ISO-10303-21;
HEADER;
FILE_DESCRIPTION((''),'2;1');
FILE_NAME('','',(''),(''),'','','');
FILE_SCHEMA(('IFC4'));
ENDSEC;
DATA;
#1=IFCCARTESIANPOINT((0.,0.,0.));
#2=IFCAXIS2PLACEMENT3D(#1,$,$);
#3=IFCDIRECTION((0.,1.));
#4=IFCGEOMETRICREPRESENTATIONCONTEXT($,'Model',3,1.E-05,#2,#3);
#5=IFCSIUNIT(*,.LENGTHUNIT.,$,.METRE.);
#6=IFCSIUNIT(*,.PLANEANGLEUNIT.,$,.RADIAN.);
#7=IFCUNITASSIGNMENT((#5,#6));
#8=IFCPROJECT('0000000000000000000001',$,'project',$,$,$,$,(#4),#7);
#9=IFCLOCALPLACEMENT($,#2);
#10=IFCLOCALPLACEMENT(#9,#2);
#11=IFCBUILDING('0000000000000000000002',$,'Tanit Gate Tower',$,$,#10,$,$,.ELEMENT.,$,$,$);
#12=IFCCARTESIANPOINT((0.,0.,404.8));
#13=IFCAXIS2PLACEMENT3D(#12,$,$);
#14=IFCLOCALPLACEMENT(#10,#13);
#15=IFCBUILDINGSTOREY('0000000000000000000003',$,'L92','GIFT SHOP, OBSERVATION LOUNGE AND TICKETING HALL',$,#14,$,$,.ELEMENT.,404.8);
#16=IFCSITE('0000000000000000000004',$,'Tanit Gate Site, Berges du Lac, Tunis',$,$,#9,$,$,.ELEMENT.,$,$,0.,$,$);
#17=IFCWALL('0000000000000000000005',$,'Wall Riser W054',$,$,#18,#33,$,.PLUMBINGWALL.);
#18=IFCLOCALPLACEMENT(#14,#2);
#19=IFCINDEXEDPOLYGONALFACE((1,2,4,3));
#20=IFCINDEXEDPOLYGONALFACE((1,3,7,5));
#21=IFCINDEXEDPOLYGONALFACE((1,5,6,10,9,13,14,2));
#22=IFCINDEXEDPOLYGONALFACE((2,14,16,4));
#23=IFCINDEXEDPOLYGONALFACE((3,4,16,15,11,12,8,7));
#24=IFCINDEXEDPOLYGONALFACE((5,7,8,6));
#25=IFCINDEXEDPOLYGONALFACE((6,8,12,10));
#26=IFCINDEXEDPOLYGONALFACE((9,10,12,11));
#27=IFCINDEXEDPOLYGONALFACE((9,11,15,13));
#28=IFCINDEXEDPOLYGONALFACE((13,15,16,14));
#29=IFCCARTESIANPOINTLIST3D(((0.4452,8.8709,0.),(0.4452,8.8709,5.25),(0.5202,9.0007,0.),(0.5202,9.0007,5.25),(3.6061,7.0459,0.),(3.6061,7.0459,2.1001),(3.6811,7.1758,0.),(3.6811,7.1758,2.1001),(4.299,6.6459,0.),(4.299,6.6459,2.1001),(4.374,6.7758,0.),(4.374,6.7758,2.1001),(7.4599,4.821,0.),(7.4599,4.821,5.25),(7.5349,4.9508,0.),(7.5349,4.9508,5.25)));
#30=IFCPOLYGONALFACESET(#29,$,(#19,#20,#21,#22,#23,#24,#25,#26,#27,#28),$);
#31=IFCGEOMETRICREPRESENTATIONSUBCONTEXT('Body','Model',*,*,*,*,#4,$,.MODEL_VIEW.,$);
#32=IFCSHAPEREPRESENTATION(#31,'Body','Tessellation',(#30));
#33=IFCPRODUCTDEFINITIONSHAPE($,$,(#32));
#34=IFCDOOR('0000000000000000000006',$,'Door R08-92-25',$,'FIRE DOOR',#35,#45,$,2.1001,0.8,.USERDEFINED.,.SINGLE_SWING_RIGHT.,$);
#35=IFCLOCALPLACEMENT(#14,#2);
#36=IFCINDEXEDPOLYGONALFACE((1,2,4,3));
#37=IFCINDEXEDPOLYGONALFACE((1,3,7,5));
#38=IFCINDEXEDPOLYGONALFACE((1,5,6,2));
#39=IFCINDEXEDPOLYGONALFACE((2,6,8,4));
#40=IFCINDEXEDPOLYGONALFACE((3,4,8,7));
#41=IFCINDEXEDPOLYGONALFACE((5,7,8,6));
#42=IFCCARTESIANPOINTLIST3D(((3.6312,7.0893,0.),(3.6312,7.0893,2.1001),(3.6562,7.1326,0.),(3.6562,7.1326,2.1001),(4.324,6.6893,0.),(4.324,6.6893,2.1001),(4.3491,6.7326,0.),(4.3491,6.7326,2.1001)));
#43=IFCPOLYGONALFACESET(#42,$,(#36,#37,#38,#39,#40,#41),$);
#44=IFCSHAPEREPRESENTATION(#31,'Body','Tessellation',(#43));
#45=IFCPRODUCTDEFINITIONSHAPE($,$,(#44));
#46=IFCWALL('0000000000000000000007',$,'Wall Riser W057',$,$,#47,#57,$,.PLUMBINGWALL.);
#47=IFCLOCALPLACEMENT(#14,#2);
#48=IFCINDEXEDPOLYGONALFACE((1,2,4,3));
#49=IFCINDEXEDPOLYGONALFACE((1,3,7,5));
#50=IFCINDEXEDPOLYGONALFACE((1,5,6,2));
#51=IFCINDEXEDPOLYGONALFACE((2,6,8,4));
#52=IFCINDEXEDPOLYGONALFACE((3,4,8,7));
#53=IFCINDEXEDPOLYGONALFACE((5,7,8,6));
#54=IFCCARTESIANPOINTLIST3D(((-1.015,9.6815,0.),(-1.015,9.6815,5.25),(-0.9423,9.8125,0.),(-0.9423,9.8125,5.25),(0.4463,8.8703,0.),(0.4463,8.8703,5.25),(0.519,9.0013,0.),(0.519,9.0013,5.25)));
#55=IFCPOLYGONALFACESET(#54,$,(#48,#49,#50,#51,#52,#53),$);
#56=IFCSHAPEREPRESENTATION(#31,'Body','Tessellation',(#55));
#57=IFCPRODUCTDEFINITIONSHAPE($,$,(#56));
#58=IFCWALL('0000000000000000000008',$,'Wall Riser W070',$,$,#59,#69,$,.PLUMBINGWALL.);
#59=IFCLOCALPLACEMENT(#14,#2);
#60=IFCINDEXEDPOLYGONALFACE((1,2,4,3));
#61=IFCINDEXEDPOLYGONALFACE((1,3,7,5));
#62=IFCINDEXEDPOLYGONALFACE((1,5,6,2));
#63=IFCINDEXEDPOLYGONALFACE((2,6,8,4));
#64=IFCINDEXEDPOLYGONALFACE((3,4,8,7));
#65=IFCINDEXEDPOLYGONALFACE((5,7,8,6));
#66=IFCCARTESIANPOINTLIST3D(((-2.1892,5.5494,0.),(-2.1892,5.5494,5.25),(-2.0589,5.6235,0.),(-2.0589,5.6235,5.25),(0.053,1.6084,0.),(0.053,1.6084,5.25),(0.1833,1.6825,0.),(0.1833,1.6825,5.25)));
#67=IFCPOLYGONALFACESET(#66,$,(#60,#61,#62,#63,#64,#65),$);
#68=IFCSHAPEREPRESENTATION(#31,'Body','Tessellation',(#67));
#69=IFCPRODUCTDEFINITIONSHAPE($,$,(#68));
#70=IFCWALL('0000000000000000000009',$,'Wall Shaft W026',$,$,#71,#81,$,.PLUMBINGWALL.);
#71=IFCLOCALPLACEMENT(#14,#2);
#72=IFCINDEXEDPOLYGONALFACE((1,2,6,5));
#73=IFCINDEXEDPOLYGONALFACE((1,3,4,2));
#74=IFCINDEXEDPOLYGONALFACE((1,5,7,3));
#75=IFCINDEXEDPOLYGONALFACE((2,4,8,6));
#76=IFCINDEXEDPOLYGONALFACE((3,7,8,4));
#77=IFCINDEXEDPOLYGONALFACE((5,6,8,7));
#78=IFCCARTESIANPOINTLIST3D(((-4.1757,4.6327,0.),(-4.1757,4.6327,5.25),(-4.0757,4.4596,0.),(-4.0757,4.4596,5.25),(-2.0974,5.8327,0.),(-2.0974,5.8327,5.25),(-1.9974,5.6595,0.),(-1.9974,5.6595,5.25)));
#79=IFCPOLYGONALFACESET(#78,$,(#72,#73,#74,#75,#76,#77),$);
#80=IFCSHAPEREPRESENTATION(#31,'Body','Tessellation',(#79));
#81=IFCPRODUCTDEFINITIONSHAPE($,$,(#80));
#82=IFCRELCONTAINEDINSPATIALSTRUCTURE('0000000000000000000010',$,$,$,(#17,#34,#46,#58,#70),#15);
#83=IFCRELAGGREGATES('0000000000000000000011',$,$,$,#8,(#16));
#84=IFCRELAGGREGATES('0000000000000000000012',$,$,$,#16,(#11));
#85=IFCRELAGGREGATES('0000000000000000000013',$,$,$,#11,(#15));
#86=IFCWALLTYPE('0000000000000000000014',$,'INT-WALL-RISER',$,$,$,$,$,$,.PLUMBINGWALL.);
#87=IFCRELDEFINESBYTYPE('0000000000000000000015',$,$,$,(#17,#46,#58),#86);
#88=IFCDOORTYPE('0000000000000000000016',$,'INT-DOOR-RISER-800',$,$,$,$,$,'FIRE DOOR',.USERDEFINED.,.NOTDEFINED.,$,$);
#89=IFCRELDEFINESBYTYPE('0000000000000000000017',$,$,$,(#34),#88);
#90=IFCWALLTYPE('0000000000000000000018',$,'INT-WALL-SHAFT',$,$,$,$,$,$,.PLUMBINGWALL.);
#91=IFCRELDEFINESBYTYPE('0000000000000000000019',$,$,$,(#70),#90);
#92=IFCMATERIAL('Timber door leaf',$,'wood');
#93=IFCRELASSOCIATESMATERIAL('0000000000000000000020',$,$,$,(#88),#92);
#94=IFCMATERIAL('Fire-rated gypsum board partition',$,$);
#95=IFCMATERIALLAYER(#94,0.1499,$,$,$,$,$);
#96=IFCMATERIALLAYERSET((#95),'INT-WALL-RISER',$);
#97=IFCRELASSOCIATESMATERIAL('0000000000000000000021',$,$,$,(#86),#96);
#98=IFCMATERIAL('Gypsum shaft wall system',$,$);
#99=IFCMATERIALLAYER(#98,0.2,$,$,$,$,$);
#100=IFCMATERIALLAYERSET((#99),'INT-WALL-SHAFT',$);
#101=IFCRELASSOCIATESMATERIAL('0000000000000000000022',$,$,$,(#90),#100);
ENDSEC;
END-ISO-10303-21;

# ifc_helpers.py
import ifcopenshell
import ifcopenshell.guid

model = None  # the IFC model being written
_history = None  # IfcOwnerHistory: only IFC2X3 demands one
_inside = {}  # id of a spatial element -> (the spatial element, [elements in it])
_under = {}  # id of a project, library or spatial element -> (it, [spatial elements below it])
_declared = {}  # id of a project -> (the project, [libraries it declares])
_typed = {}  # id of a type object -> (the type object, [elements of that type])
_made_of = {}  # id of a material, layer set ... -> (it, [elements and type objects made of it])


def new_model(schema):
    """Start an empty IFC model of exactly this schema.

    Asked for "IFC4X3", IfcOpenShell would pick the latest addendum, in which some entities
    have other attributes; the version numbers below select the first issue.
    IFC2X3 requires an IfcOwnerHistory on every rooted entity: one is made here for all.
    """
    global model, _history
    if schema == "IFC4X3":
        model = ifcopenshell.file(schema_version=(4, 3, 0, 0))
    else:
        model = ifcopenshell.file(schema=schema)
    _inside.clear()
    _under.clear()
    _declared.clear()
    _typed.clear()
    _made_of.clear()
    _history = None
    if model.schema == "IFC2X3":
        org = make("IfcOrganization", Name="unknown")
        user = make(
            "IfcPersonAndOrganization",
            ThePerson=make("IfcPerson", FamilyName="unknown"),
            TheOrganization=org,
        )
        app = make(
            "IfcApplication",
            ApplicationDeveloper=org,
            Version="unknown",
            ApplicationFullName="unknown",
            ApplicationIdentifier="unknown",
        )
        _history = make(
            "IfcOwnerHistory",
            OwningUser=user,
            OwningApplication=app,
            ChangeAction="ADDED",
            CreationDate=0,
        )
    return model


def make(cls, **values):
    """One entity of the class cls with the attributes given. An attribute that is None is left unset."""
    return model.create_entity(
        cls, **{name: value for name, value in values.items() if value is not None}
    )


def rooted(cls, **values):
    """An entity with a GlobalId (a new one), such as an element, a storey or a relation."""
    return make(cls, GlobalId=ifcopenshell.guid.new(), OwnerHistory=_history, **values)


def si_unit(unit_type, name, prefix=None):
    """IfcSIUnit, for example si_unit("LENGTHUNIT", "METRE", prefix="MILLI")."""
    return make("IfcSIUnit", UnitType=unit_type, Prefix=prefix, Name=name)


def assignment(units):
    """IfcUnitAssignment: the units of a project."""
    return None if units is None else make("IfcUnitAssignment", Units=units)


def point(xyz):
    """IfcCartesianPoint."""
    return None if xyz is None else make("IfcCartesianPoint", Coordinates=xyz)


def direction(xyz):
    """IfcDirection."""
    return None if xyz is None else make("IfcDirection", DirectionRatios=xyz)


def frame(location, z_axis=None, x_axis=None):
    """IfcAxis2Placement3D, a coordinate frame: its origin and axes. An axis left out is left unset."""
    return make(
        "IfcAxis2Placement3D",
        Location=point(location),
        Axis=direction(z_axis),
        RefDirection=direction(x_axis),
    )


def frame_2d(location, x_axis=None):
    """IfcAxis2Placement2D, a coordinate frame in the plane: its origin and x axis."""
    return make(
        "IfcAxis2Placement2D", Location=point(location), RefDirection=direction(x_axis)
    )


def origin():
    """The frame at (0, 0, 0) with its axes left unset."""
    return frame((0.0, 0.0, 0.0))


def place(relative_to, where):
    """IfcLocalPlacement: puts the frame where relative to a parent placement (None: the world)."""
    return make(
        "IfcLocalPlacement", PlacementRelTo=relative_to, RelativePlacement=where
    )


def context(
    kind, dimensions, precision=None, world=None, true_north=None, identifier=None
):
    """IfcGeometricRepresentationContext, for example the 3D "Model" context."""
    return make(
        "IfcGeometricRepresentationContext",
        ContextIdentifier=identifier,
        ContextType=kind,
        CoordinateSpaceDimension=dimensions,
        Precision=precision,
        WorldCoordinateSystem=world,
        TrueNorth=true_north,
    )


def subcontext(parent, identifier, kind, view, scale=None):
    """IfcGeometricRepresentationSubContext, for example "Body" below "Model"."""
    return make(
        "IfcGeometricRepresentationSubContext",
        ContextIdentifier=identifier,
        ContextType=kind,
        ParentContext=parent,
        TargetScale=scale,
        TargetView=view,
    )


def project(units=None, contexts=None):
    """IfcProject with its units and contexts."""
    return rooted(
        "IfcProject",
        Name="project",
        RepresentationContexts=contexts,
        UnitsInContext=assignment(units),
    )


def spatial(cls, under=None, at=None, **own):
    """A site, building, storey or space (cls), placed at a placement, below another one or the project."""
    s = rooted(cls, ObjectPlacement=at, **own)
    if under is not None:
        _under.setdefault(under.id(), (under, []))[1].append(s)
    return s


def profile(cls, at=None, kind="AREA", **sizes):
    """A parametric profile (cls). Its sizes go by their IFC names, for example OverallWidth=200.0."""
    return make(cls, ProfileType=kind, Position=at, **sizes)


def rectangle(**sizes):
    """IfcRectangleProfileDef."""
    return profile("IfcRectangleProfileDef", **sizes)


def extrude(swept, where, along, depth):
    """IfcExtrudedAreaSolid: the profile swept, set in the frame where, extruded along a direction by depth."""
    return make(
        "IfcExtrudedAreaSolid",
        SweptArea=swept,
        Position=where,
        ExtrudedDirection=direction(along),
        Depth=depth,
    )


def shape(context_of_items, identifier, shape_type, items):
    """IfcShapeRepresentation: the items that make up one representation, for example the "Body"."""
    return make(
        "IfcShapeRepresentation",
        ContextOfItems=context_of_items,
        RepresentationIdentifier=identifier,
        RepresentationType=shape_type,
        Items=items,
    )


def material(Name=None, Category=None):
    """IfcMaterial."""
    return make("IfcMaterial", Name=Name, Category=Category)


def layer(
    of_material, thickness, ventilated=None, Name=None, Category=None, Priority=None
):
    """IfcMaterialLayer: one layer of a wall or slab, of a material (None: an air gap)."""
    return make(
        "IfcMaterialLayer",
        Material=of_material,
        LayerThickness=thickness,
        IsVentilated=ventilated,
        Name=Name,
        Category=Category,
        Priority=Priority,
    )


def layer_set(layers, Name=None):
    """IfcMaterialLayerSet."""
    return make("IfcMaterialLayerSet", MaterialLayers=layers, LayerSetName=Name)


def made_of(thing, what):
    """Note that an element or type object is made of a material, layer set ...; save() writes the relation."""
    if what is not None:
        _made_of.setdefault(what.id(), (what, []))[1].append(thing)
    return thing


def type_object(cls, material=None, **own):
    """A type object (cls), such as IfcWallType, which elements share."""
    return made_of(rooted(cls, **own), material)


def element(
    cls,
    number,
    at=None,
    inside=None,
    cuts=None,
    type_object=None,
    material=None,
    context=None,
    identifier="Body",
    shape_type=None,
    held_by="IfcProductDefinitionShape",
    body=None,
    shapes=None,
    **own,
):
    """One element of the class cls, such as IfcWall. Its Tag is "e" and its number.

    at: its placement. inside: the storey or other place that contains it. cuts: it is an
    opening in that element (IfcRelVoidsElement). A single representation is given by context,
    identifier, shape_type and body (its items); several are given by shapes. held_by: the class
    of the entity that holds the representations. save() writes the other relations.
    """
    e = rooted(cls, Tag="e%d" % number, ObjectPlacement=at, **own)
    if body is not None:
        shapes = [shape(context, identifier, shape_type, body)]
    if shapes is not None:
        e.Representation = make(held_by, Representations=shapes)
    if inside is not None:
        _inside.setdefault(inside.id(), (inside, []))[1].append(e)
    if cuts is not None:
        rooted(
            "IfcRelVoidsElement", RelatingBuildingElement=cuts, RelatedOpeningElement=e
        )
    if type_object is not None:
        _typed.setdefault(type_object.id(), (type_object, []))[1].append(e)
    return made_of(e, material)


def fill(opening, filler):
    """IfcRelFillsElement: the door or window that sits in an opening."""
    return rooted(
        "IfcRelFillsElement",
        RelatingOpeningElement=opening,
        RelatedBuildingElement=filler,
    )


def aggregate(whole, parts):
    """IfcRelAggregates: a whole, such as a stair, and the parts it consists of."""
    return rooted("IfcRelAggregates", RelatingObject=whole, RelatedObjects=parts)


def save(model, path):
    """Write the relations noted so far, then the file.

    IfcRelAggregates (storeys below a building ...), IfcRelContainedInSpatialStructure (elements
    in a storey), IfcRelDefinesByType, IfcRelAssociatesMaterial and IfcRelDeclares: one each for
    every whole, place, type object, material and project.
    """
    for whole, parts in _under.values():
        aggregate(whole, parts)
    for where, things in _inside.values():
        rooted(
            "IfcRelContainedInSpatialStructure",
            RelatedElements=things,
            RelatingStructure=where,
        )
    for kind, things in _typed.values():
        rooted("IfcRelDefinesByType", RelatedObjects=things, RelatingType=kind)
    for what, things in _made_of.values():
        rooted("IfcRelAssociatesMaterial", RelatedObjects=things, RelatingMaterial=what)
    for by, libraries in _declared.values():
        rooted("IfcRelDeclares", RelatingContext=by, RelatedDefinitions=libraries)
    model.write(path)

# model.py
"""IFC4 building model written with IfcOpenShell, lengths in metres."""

from ifc_helpers import new_model, si_unit, direction, frame, frame_2d, origin, place, context, subcontext, project, spatial, rectangle, extrude, material, layer, layer_set, type_object, element, fill, save


model = new_model("IFC4")

# Units and contexts
model_context = context("Model", 3, precision=1e-05, world=origin(), true_north=direction((0.0, 1.0)))
body_context = subcontext(model_context, "Body", "Model", "MODEL_VIEW")
ifc_project = project(units=[si_unit("LENGTHUNIT", "METRE"), si_unit("PLANEANGLEUNIT", "RADIAN")], contexts=[model_context])

# Site, building, storey
site_placement = place(None, origin())
site = spatial("IfcSite", under=ifc_project, at=site_placement, Name="Tanit Gate Site, Berges du Lac, Tunis", CompositionType="ELEMENT", RefElevation=0.0)
building_placement = place(site_placement, origin())
building = spatial("IfcBuilding", under=site, at=building_placement, Name="Tanit Gate Tower", CompositionType="ELEMENT")
storey_placement = place(building_placement, frame((0.0, 0.0, 404.8)))
storey = spatial("IfcBuildingStorey", under=building, at=storey_placement, Name="L92", Description="GIFT SHOP, OBSERVATION LOUNGE AND TICKETING HALL", CompositionType="ELEMENT", Elevation=404.8)

# Wall, opening, door
ifc_material_1 = material(Name="Timber door leaf", Category="wood")
door_type_1 = type_object("IfcDoorType", Name="INT-DOOR-RISER-800", ElementType="FIRE DOOR", OperationType="NOTDEFINED", PredefinedType="USERDEFINED", material=ifc_material_1)
ifc_material_2 = material(Name="Fire-rated gypsum board partition")
ifc_layer_1 = layer(ifc_material_2, 0.1499)
ifc_layer_set_1 = layer_set([ifc_layer_1], Name="INT-WALL-RISER")
wall_type_1 = type_object("IfcWallType", Name="INT-WALL-RISER", PredefinedType="PLUMBINGWALL", material=ifc_layer_set_1)
wall_1_placement = place(storey_placement, frame((7.4973, 4.886, 0.0), z_axis=(0.0, 0.0, 1.0), x_axis=(-0.866031, 0.49999, 0.0)))
wall_1 = element("IfcWall", 1, at=wall_1_placement, inside=storey, type_object=wall_type_1, Name="Wall Riser W054", PredefinedType="PLUMBINGWALL", context=body_context, shape_type="SweptSolid", body=[
    extrude(rectangle(XDim=8.0999, YDim=0.1499, at=frame_2d((4.0498, 0.0))), origin(), (0.0, 0.0, 1.0), 5.25),
])
opening_1_placement = place(wall_1_placement, frame((3.6499, 0.0, 0.0)))
opening_1 = element("IfcOpeningElement", 2, at=opening_1_placement, cuts=wall_1, PredefinedType="OPENING", context=body_context, shape_type="SweptSolid", body=[
    extrude(rectangle(XDim=0.8, YDim=2.1001, at=frame_2d((0.3999, 1.05))), frame((0.0, 0.085, 0.0), z_axis=(0.0, -1.0, 0.0), x_axis=(1.0, 0.0, 0.0)), (0.0, 0.0, 1.0), 0.1699),
])
door_1_placement = place(opening_1_placement, origin())
door_1 = element("IfcDoor", 3, at=door_1_placement, inside=storey, type_object=door_type_1, Name="Door R08-92-25", ObjectType="FIRE DOOR", OperationType="SINGLE_SWING_RIGHT", OverallHeight=2.1001, OverallWidth=0.8, PredefinedType="USERDEFINED", context=body_context, shape_type="SweptSolid", body=[
    extrude(rectangle(XDim=0.8, YDim=2.1001, at=frame_2d((0.3999, 1.05))), frame((0.0, 0.0249, 0.0), z_axis=(0.0, -1.0, 0.0), x_axis=(1.0, 0.0, 0.0)), (0.0, 0.0, 1.0), 0.05),
])
fill(opening_1, door_1)

# Walls
wall_2_placement = place(storey_placement, frame((0.4827, 8.9358, 0.0), z_axis=(0.0, 0.0, 1.0), x_axis=(-0.874316, 0.485358, 0.0)))
element("IfcWall", 4, at=wall_2_placement, inside=storey, type_object=wall_type_1, Name="Wall Riser W057", PredefinedType="PLUMBINGWALL", context=body_context, shape_type="SweptSolid", body=[
    extrude(rectangle(XDim=1.6714, YDim=0.1499, at=frame_2d((0.8357, 0.0))), origin(), (0.0, 0.0, 1.0), 5.25),
])
wall_3_placement = place(storey_placement, frame((-2.124, 5.5864, 0.0), z_axis=(0.0, 0.0, 1.0), x_axis=(0.494514, -0.869169, 0.0)))
element("IfcWall", 5, at=wall_3_placement, inside=storey, type_object=wall_type_1, Name="Wall Riser W070", PredefinedType="PLUMBINGWALL", context=body_context, shape_type="SweptSolid", body=[
    extrude(rectangle(XDim=4.5342, YDim=0.1499, at=frame_2d((2.2671, 0.0))), origin(), (0.0, 0.0, 1.0), 5.25),
])
ifc_material_3 = material(Name="Gypsum shaft wall system")
ifc_layer_2 = layer(ifc_material_3, 0.2)
ifc_layer_set_2 = layer_set([ifc_layer_2], Name="INT-WALL-SHAFT")
wall_type_2 = type_object("IfcWallType", Name="INT-WALL-SHAFT", PredefinedType="PLUMBINGWALL", material=ifc_layer_set_2)
wall_4_placement = place(storey_placement, frame((-2.0474, 5.7461, 0.0), z_axis=(0.0, 0.0, 1.0), x_axis=(-0.866025, -0.500001, 0.0)))
element("IfcWall", 6, at=wall_4_placement, inside=storey, type_object=wall_type_2, Name="Wall Shaft W026", PredefinedType="PLUMBINGWALL", context=body_context, shape_type="SweptSolid", body=[
    extrude(rectangle(XDim=2.3999, YDim=0.2, at=frame_2d((1.2, 0.0))), origin(), (0.0, 0.0, 1.0), 5.25),
])

save(model, "model.ifc")
